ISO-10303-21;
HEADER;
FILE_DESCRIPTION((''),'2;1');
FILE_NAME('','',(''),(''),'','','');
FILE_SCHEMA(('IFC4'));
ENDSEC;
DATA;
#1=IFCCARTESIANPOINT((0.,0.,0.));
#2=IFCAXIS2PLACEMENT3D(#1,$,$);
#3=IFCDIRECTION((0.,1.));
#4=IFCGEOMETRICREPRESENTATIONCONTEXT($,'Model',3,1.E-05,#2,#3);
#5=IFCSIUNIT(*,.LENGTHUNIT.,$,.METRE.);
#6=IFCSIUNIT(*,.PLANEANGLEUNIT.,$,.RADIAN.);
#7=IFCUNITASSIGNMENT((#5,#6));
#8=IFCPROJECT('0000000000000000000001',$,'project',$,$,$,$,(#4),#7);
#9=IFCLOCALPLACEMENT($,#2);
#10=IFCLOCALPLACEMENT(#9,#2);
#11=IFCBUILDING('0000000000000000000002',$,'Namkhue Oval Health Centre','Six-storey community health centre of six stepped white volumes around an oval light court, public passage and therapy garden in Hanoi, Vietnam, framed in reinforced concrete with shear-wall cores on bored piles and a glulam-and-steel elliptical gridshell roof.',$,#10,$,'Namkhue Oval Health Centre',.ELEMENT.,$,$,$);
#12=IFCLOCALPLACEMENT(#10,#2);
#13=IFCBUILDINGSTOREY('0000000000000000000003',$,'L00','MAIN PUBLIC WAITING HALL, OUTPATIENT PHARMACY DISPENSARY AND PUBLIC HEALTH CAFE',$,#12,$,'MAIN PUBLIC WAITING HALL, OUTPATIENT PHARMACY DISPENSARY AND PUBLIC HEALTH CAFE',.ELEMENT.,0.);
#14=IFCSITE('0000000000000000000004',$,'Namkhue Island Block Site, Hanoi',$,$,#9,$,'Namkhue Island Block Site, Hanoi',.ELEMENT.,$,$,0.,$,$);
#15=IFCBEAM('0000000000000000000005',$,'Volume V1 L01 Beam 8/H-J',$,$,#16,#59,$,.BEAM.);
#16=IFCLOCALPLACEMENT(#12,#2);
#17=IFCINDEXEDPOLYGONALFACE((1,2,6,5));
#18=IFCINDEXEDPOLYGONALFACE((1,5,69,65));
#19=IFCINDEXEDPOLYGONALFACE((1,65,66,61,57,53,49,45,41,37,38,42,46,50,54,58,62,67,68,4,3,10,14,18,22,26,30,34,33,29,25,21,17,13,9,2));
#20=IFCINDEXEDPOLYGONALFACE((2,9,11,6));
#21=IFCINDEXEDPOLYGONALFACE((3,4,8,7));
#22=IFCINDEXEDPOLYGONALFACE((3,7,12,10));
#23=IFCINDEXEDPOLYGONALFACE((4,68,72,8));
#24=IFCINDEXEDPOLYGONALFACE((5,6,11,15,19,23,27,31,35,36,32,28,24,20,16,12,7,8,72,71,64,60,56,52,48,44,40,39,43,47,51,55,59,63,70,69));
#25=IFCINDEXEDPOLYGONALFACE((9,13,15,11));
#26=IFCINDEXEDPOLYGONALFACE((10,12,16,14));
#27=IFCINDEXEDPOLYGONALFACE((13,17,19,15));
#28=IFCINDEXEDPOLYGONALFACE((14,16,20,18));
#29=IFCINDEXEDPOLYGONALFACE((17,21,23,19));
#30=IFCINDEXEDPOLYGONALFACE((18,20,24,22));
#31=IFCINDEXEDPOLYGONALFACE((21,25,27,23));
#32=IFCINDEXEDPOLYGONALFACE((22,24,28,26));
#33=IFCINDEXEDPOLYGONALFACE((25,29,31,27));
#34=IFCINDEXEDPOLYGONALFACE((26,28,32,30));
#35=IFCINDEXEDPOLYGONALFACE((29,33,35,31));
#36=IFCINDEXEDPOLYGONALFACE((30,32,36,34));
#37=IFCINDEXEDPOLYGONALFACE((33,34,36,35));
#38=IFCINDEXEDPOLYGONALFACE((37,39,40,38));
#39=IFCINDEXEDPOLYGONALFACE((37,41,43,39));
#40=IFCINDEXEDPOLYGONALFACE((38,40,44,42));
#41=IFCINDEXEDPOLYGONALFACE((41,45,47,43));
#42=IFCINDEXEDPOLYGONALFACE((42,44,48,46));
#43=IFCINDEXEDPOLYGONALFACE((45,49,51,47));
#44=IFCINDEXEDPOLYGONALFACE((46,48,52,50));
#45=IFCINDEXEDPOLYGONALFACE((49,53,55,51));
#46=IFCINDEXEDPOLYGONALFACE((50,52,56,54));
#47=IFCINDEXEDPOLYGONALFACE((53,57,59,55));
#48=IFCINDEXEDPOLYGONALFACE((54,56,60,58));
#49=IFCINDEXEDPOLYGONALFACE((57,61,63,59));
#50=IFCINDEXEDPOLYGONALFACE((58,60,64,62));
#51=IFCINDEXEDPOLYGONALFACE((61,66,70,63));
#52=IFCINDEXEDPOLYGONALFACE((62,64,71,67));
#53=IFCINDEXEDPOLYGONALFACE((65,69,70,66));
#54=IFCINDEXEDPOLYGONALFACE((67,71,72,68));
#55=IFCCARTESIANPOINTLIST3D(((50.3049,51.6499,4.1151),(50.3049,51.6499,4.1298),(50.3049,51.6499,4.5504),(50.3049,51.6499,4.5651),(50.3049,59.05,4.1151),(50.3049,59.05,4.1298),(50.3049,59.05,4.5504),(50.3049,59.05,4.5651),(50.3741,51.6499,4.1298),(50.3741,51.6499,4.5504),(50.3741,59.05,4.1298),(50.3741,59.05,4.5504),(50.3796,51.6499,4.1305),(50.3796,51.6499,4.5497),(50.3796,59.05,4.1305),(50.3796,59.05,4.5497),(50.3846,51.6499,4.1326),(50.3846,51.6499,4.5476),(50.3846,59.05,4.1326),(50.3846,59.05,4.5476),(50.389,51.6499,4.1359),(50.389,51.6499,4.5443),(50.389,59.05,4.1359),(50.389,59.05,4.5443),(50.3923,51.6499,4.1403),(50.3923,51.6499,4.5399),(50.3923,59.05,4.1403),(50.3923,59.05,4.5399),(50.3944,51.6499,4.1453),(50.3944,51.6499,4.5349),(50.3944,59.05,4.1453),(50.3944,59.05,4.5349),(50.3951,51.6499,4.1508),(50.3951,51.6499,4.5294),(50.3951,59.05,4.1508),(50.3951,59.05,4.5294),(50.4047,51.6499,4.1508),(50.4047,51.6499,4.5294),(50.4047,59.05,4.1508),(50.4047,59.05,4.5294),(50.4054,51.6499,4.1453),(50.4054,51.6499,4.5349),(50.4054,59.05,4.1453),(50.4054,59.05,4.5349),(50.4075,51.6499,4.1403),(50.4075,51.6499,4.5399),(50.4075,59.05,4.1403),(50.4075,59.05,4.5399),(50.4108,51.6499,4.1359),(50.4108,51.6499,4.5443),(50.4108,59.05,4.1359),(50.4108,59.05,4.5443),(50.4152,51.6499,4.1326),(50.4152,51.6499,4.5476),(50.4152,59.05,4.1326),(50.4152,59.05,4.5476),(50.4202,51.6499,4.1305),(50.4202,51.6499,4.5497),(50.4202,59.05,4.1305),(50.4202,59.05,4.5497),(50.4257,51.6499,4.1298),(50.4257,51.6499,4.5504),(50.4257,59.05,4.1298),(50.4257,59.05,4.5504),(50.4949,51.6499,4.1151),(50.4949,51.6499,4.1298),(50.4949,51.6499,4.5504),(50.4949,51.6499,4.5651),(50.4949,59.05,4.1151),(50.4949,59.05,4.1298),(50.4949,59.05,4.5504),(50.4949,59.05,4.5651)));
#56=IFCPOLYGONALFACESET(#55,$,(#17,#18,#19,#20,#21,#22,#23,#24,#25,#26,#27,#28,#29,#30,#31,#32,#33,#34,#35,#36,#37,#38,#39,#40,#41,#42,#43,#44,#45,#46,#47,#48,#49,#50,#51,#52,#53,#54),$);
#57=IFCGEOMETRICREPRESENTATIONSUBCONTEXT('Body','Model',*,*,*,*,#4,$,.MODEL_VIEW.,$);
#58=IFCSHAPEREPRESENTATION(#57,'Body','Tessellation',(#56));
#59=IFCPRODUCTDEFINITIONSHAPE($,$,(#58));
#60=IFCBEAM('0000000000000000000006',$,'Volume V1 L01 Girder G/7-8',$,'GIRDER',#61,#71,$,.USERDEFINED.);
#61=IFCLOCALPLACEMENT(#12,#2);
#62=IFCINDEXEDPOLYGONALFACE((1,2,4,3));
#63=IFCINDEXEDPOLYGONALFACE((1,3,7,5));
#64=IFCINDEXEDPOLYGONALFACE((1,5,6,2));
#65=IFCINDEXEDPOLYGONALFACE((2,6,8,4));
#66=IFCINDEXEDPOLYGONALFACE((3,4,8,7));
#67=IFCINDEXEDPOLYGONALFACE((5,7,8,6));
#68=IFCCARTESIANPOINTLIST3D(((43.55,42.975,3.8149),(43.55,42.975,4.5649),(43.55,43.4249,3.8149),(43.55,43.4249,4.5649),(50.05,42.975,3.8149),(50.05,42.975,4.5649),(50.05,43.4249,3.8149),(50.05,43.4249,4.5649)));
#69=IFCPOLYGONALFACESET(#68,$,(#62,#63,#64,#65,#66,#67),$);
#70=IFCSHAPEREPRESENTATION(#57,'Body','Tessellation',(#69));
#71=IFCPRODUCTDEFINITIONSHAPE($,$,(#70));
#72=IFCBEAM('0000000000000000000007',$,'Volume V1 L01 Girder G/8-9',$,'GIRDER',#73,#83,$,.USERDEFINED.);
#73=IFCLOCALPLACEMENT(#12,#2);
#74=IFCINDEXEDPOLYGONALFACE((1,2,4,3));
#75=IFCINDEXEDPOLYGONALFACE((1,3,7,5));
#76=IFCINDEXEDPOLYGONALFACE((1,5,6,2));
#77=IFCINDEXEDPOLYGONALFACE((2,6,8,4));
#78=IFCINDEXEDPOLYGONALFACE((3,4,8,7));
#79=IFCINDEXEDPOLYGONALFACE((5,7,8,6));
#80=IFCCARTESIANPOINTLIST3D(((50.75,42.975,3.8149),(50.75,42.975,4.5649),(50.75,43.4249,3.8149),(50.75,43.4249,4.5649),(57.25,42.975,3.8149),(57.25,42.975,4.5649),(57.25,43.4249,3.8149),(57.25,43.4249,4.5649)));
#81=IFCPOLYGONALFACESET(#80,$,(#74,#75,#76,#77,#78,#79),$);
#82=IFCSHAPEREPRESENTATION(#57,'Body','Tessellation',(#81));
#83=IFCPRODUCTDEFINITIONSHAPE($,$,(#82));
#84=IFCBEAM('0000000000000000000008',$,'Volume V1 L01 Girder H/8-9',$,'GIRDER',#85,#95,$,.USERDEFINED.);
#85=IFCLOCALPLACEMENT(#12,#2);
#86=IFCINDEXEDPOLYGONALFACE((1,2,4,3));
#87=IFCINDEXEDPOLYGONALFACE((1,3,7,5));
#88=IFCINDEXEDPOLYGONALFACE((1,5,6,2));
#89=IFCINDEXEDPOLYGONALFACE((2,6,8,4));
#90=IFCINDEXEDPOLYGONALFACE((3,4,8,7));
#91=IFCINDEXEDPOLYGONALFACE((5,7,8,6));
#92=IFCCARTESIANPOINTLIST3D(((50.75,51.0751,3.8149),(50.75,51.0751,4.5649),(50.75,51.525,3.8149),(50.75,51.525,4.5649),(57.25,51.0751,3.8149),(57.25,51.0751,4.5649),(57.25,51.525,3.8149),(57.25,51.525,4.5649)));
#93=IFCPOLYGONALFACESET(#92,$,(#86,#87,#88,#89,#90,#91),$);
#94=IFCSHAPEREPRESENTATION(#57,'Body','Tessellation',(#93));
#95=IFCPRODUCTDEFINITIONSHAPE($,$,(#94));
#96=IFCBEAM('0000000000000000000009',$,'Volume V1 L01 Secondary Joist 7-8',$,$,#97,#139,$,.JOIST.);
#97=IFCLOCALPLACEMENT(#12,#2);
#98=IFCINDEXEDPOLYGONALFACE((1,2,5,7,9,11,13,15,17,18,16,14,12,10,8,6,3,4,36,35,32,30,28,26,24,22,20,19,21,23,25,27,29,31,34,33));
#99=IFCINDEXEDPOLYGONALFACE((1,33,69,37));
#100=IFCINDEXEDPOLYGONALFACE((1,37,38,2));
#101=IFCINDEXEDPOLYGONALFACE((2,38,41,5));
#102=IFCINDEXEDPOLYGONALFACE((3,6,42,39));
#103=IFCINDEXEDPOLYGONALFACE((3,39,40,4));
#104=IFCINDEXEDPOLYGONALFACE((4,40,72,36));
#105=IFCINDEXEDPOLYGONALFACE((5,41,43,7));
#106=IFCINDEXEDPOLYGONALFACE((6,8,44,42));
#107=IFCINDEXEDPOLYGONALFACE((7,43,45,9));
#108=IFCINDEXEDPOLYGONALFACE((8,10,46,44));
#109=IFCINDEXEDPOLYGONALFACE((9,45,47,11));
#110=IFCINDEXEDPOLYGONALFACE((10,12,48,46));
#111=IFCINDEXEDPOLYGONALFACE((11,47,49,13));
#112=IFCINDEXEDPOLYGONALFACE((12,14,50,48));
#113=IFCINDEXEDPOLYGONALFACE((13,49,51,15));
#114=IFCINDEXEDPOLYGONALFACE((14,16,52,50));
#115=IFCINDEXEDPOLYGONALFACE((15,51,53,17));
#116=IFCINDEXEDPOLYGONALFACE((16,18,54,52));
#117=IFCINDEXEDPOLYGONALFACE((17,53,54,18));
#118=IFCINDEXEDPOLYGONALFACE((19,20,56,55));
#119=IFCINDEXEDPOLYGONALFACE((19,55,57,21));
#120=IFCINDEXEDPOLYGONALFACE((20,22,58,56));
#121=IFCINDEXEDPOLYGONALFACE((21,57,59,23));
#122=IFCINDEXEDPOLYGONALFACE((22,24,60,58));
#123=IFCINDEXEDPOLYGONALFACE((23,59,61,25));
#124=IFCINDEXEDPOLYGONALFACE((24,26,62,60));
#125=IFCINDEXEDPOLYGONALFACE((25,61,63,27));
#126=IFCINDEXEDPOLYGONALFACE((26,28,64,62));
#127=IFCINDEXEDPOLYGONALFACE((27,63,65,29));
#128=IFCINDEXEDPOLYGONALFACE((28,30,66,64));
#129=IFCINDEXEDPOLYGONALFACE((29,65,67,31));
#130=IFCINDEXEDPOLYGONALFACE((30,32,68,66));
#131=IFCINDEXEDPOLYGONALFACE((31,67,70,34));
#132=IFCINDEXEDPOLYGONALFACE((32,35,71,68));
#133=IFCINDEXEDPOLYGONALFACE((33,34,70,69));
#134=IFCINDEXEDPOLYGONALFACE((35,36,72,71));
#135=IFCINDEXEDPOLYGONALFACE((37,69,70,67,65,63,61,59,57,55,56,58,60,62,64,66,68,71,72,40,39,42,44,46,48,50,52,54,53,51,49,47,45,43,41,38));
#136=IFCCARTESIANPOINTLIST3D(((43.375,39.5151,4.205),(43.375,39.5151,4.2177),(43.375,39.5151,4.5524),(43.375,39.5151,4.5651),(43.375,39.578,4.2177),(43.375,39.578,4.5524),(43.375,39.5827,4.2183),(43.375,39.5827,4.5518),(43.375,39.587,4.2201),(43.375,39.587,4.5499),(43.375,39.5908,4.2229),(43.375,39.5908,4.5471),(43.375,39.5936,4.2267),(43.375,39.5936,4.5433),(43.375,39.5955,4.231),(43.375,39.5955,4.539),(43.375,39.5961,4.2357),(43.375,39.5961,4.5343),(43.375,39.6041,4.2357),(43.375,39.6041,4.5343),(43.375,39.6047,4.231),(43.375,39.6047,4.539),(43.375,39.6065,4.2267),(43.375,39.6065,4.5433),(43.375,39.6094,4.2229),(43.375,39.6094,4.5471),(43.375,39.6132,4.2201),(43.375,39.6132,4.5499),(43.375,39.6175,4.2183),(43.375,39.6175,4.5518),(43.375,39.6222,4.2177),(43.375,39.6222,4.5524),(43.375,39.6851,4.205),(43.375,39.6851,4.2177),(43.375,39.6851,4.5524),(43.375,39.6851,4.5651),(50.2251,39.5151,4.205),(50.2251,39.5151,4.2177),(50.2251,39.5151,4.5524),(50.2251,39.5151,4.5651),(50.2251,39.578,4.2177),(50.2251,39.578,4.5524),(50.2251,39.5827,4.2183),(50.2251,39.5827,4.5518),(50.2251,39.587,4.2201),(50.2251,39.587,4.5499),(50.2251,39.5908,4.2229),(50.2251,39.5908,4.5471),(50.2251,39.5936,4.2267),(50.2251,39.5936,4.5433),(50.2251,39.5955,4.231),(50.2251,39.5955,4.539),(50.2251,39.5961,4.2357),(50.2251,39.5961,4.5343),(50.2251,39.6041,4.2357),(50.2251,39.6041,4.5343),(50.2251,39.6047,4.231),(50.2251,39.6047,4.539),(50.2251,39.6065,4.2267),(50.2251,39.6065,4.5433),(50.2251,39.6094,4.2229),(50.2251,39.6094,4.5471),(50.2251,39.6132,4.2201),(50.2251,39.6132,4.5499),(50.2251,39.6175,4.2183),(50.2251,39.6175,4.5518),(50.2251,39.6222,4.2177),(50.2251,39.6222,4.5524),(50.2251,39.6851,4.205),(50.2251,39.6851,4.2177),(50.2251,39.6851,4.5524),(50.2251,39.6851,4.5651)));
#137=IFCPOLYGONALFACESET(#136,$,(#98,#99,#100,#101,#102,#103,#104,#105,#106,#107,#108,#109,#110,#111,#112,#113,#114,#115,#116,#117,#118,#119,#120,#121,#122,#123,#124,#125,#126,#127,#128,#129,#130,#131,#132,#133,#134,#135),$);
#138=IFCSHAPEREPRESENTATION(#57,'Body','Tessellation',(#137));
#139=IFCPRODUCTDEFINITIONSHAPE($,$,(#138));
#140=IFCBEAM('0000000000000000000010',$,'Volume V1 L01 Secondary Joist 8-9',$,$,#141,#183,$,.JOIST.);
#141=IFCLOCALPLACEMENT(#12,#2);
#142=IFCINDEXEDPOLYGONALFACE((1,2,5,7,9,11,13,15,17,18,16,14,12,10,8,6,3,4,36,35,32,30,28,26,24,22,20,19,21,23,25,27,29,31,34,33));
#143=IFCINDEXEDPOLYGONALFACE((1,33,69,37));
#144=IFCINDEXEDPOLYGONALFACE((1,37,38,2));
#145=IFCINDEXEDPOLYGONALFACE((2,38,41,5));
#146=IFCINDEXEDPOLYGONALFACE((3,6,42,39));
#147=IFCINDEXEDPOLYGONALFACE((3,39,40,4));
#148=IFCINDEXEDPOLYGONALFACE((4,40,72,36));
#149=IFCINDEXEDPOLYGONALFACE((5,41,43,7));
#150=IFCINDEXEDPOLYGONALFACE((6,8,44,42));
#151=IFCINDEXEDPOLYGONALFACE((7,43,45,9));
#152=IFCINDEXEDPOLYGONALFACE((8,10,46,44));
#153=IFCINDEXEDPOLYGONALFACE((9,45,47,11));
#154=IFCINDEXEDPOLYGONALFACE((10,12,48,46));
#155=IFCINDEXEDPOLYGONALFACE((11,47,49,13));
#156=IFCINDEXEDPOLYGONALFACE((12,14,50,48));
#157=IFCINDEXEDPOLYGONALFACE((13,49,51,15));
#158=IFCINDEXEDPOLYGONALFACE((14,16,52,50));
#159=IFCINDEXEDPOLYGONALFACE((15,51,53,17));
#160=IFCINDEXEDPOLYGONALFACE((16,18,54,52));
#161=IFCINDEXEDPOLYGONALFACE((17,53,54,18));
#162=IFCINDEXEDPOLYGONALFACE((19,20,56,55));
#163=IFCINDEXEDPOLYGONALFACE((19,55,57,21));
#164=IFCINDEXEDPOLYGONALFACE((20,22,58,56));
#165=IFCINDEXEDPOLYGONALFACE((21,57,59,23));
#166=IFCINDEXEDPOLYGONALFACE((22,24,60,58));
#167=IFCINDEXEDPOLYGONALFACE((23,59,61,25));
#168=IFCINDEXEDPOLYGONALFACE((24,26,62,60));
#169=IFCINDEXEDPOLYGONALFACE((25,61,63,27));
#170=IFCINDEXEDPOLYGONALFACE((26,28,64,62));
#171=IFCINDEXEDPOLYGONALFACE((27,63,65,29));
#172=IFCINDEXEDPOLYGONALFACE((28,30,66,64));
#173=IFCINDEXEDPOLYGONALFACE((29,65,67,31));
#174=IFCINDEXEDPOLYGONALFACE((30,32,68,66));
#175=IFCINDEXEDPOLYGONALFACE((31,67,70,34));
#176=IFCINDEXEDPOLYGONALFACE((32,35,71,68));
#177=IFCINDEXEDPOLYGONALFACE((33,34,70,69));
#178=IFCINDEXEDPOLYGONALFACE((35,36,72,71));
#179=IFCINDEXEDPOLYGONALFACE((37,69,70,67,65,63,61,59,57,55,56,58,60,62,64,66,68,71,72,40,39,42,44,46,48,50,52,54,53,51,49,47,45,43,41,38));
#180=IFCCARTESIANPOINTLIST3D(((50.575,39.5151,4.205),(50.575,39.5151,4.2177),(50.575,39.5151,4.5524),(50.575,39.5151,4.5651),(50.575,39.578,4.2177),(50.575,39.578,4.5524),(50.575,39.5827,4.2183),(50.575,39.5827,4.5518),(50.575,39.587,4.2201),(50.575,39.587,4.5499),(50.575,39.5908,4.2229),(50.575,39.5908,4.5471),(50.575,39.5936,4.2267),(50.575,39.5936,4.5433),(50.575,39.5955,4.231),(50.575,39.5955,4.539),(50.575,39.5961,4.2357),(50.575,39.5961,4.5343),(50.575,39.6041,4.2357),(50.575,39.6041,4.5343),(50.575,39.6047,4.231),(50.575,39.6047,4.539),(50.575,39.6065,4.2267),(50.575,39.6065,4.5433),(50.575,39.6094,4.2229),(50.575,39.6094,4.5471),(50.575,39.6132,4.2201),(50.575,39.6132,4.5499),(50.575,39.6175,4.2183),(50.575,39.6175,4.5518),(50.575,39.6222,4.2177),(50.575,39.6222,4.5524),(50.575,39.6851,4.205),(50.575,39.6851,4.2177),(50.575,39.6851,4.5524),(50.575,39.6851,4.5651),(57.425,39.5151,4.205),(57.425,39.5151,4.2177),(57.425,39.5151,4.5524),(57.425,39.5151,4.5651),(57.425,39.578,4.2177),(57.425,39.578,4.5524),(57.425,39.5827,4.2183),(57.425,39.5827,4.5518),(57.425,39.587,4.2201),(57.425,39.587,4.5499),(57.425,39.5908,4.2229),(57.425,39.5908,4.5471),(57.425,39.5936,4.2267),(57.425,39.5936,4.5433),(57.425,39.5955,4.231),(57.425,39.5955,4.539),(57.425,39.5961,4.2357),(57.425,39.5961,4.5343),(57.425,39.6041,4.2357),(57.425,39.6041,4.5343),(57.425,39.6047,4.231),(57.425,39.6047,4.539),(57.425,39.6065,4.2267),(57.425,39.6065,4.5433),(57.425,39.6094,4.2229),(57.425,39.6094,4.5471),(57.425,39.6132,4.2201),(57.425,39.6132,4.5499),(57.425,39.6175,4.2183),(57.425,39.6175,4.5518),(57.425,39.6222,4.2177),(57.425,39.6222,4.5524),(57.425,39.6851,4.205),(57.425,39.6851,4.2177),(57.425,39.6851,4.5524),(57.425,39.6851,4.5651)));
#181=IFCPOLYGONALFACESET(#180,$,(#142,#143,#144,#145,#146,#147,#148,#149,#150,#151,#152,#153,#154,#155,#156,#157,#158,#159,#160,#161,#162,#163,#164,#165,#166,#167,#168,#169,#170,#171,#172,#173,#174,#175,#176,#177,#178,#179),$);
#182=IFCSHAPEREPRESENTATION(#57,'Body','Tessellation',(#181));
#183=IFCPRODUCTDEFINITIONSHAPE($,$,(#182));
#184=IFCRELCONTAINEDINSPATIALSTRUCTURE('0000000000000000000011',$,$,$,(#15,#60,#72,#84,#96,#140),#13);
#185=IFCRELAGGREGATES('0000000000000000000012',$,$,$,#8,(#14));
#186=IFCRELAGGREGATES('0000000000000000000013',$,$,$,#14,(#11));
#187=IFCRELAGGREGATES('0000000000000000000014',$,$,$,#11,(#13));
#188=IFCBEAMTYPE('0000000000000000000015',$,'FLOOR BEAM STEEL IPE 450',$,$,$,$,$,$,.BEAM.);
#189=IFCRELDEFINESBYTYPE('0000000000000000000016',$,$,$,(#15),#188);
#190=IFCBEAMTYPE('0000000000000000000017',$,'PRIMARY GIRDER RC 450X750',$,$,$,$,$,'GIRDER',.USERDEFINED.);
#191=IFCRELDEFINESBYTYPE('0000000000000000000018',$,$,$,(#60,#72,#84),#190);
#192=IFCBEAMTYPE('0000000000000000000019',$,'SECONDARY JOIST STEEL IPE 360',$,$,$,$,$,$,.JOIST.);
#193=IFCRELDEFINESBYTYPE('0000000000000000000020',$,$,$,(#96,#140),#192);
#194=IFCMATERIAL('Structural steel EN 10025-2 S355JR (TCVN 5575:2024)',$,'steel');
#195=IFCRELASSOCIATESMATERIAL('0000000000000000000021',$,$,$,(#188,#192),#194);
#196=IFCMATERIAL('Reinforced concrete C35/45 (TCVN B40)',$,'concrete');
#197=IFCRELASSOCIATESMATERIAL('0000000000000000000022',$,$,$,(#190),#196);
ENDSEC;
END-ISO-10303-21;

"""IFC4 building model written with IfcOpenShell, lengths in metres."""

from ifc_helpers import new_model, si_unit, direction, frame, origin, origin_2d, place, context, subcontext, project, spatial, rectangle, i_section, extrude, material, material_profile, profile_set, type_object, element, save


model = new_model("IFC4")

# Units and contexts
model_context = context("Model", 3, precision=1e-05, world=origin(), true_north=direction((0.0, 1.0)))
body_context = subcontext(model_context, "Body", "Model", "MODEL_VIEW")
ifc_project = project(units=[si_unit("LENGTHUNIT", "METRE"), si_unit("PLANEANGLEUNIT", "RADIAN")], contexts=[model_context])

# Site, building, storey
site_placement = place(None, origin())
site = spatial("IfcSite", under=ifc_project, at=site_placement, Name="Namkhue Island Block Site, Hanoi", LongName="Namkhue Island Block Site, Hanoi", CompositionType="ELEMENT", RefElevation=0.0)
building_placement = place(site_placement, origin())
building = spatial("IfcBuilding", under=site, at=building_placement, Name="Namkhue Oval Health Centre", Description="Six-storey community health centre of six stepped white volumes around an oval light court, public passage and therapy garden in Hanoi, Vietnam, framed in reinforced concrete with shear-wall cores on bored piles and a glulam-and-steel elliptical gridshell roof.", LongName="Namkhue Oval Health Centre", CompositionType="ELEMENT")
storey_placement = place(building_placement, origin())
storey = spatial("IfcBuildingStorey", under=building, at=storey_placement, Name="L00", Description="MAIN PUBLIC WAITING HALL, OUTPATIENT PHARMACY DISPENSARY AND PUBLIC HEALTH CAFE", LongName="MAIN PUBLIC WAITING HALL, OUTPATIENT PHARMACY DISPENSARY AND PUBLIC HEALTH CAFE", CompositionType="ELEMENT", Elevation=0.0)

# Shared definitions
ifc_material_1 = material(Name="Reinforced concrete C35/45 (TCVN B40)", Category="concrete")

# Beams
ifc_material_2 = material(Name="Structural steel EN 10025-2 S355JR (TCVN 5575:2024)", Category="steel")
ifc_material_profile_1 = material_profile(ifc_material_2, i_section(OverallWidth=0.1899, OverallDepth=0.45, WebThickness=0.0095, FlangeThickness=0.0146, FilletRadius=0.021, at=origin_2d()), Name="IPE 450")
ifc_profile_set_1 = profile_set([ifc_material_profile_1], Name="Structural steel EN 10025-2 S355JR (TCVN 5575:2024)")
beam_type_1 = type_object("IfcBeamType", Name="FLOOR BEAM STEEL IPE 450", PredefinedType="BEAM", material=ifc_profile_set_1)
beam_1_placement = place(storey_placement, frame((50.3999, 51.6499, 4.3401), z_axis=(0.0, 1.0, 0.0), x_axis=(-1.0, 0.0, 0.0)))
element("IfcBeam", 1, at=beam_1_placement, inside=storey, type_object=beam_type_1, Name="Volume V1 L01 Beam 8/H-J", PredefinedType="BEAM", context=body_context, shape_type="SweptSolid", body=[
    extrude(i_section(OverallWidth=0.1899, OverallDepth=0.45, WebThickness=0.0095, FlangeThickness=0.0146, FilletRadius=0.021, at=origin_2d()), origin(), (0.0, 0.0, 1.0), 7.4001),
])
ifc_material_profile_2 = material_profile(ifc_material_1, rectangle(XDim=0.45, YDim=0.75, at=origin_2d()), Name="RC 450x750")
ifc_profile_set_2 = profile_set([ifc_material_profile_2], Name="Reinforced concrete C35/45 (TCVN B40)")
beam_type_2 = type_object("IfcBeamType", Name="PRIMARY GIRDER RC 450X750", ElementType="GIRDER", PredefinedType="USERDEFINED", material=ifc_profile_set_2)
for number, where, z_axis, x_axis, name in (
    (2, (43.55, 43.2, 4.1899), (1.0, 0.0, 0.0), (0.0, 1.0, 0.0), "Volume V1 L01 Girder G/7-8"),
    (3, (50.75, 43.2, 4.1899), (1.0, 0.0, 0.0), (0.0, 1.0, 0.0), "Volume V1 L01 Girder G/8-9"),
    (4, (50.75, 51.3, 4.1899), (1.0, 0.0, 0.0), (0.0, 1.0, 0.0), "Volume V1 L01 Girder H/8-9"),
):
    element("IfcBeam", number, at=place(storey_placement, frame(where, z_axis=z_axis, x_axis=x_axis)), inside=storey, type_object=beam_type_2, Name=name, ObjectType="GIRDER", PredefinedType="USERDEFINED", context=body_context, shape_type="SweptSolid", body=[
        extrude(rectangle(XDim=0.45, YDim=0.75, at=origin_2d()), origin(), (0.0, 0.0, 1.0), 6.5),
    ])
ifc_material_profile_3 = material_profile(ifc_material_2, i_section(OverallWidth=0.1699, OverallDepth=0.3601, WebThickness=0.0081, FlangeThickness=0.0127, FilletRadius=0.0181, at=origin_2d()), Name="IPE 360")
ifc_profile_set_3 = profile_set([ifc_material_profile_3], Name="Structural steel EN 10025-2 S355JR (TCVN 5575:2024)")
beam_type_3 = type_object("IfcBeamType", Name="SECONDARY JOIST STEEL IPE 360", PredefinedType="JOIST", material=ifc_profile_set_3)
for number, where, z_axis, x_axis, name in (
    (5, (43.375, 39.6001, 4.385), (1.0, 0.0, 0.0), (0.0, 1.0, 0.0), "Volume V1 L01 Secondary Joist 7-8"),
    (6, (50.575, 39.6001, 4.385), (1.0, 0.0, 0.0), (0.0, 1.0, 0.0), "Volume V1 L01 Secondary Joist 8-9"),
):
    element("IfcBeam", number, at=place(storey_placement, frame(where, z_axis=z_axis, x_axis=x_axis)), inside=storey, type_object=beam_type_3, Name=name, PredefinedType="JOIST", context=body_context, shape_type="SweptSolid", body=[
        extrude(i_section(OverallWidth=0.1699, OverallDepth=0.3601, WebThickness=0.0081, FlangeThickness=0.0127, FilletRadius=0.0181, at=origin_2d()), origin(), (0.0, 0.0, 1.0), 6.8501),
    ])

save(model, "model.ifc")
